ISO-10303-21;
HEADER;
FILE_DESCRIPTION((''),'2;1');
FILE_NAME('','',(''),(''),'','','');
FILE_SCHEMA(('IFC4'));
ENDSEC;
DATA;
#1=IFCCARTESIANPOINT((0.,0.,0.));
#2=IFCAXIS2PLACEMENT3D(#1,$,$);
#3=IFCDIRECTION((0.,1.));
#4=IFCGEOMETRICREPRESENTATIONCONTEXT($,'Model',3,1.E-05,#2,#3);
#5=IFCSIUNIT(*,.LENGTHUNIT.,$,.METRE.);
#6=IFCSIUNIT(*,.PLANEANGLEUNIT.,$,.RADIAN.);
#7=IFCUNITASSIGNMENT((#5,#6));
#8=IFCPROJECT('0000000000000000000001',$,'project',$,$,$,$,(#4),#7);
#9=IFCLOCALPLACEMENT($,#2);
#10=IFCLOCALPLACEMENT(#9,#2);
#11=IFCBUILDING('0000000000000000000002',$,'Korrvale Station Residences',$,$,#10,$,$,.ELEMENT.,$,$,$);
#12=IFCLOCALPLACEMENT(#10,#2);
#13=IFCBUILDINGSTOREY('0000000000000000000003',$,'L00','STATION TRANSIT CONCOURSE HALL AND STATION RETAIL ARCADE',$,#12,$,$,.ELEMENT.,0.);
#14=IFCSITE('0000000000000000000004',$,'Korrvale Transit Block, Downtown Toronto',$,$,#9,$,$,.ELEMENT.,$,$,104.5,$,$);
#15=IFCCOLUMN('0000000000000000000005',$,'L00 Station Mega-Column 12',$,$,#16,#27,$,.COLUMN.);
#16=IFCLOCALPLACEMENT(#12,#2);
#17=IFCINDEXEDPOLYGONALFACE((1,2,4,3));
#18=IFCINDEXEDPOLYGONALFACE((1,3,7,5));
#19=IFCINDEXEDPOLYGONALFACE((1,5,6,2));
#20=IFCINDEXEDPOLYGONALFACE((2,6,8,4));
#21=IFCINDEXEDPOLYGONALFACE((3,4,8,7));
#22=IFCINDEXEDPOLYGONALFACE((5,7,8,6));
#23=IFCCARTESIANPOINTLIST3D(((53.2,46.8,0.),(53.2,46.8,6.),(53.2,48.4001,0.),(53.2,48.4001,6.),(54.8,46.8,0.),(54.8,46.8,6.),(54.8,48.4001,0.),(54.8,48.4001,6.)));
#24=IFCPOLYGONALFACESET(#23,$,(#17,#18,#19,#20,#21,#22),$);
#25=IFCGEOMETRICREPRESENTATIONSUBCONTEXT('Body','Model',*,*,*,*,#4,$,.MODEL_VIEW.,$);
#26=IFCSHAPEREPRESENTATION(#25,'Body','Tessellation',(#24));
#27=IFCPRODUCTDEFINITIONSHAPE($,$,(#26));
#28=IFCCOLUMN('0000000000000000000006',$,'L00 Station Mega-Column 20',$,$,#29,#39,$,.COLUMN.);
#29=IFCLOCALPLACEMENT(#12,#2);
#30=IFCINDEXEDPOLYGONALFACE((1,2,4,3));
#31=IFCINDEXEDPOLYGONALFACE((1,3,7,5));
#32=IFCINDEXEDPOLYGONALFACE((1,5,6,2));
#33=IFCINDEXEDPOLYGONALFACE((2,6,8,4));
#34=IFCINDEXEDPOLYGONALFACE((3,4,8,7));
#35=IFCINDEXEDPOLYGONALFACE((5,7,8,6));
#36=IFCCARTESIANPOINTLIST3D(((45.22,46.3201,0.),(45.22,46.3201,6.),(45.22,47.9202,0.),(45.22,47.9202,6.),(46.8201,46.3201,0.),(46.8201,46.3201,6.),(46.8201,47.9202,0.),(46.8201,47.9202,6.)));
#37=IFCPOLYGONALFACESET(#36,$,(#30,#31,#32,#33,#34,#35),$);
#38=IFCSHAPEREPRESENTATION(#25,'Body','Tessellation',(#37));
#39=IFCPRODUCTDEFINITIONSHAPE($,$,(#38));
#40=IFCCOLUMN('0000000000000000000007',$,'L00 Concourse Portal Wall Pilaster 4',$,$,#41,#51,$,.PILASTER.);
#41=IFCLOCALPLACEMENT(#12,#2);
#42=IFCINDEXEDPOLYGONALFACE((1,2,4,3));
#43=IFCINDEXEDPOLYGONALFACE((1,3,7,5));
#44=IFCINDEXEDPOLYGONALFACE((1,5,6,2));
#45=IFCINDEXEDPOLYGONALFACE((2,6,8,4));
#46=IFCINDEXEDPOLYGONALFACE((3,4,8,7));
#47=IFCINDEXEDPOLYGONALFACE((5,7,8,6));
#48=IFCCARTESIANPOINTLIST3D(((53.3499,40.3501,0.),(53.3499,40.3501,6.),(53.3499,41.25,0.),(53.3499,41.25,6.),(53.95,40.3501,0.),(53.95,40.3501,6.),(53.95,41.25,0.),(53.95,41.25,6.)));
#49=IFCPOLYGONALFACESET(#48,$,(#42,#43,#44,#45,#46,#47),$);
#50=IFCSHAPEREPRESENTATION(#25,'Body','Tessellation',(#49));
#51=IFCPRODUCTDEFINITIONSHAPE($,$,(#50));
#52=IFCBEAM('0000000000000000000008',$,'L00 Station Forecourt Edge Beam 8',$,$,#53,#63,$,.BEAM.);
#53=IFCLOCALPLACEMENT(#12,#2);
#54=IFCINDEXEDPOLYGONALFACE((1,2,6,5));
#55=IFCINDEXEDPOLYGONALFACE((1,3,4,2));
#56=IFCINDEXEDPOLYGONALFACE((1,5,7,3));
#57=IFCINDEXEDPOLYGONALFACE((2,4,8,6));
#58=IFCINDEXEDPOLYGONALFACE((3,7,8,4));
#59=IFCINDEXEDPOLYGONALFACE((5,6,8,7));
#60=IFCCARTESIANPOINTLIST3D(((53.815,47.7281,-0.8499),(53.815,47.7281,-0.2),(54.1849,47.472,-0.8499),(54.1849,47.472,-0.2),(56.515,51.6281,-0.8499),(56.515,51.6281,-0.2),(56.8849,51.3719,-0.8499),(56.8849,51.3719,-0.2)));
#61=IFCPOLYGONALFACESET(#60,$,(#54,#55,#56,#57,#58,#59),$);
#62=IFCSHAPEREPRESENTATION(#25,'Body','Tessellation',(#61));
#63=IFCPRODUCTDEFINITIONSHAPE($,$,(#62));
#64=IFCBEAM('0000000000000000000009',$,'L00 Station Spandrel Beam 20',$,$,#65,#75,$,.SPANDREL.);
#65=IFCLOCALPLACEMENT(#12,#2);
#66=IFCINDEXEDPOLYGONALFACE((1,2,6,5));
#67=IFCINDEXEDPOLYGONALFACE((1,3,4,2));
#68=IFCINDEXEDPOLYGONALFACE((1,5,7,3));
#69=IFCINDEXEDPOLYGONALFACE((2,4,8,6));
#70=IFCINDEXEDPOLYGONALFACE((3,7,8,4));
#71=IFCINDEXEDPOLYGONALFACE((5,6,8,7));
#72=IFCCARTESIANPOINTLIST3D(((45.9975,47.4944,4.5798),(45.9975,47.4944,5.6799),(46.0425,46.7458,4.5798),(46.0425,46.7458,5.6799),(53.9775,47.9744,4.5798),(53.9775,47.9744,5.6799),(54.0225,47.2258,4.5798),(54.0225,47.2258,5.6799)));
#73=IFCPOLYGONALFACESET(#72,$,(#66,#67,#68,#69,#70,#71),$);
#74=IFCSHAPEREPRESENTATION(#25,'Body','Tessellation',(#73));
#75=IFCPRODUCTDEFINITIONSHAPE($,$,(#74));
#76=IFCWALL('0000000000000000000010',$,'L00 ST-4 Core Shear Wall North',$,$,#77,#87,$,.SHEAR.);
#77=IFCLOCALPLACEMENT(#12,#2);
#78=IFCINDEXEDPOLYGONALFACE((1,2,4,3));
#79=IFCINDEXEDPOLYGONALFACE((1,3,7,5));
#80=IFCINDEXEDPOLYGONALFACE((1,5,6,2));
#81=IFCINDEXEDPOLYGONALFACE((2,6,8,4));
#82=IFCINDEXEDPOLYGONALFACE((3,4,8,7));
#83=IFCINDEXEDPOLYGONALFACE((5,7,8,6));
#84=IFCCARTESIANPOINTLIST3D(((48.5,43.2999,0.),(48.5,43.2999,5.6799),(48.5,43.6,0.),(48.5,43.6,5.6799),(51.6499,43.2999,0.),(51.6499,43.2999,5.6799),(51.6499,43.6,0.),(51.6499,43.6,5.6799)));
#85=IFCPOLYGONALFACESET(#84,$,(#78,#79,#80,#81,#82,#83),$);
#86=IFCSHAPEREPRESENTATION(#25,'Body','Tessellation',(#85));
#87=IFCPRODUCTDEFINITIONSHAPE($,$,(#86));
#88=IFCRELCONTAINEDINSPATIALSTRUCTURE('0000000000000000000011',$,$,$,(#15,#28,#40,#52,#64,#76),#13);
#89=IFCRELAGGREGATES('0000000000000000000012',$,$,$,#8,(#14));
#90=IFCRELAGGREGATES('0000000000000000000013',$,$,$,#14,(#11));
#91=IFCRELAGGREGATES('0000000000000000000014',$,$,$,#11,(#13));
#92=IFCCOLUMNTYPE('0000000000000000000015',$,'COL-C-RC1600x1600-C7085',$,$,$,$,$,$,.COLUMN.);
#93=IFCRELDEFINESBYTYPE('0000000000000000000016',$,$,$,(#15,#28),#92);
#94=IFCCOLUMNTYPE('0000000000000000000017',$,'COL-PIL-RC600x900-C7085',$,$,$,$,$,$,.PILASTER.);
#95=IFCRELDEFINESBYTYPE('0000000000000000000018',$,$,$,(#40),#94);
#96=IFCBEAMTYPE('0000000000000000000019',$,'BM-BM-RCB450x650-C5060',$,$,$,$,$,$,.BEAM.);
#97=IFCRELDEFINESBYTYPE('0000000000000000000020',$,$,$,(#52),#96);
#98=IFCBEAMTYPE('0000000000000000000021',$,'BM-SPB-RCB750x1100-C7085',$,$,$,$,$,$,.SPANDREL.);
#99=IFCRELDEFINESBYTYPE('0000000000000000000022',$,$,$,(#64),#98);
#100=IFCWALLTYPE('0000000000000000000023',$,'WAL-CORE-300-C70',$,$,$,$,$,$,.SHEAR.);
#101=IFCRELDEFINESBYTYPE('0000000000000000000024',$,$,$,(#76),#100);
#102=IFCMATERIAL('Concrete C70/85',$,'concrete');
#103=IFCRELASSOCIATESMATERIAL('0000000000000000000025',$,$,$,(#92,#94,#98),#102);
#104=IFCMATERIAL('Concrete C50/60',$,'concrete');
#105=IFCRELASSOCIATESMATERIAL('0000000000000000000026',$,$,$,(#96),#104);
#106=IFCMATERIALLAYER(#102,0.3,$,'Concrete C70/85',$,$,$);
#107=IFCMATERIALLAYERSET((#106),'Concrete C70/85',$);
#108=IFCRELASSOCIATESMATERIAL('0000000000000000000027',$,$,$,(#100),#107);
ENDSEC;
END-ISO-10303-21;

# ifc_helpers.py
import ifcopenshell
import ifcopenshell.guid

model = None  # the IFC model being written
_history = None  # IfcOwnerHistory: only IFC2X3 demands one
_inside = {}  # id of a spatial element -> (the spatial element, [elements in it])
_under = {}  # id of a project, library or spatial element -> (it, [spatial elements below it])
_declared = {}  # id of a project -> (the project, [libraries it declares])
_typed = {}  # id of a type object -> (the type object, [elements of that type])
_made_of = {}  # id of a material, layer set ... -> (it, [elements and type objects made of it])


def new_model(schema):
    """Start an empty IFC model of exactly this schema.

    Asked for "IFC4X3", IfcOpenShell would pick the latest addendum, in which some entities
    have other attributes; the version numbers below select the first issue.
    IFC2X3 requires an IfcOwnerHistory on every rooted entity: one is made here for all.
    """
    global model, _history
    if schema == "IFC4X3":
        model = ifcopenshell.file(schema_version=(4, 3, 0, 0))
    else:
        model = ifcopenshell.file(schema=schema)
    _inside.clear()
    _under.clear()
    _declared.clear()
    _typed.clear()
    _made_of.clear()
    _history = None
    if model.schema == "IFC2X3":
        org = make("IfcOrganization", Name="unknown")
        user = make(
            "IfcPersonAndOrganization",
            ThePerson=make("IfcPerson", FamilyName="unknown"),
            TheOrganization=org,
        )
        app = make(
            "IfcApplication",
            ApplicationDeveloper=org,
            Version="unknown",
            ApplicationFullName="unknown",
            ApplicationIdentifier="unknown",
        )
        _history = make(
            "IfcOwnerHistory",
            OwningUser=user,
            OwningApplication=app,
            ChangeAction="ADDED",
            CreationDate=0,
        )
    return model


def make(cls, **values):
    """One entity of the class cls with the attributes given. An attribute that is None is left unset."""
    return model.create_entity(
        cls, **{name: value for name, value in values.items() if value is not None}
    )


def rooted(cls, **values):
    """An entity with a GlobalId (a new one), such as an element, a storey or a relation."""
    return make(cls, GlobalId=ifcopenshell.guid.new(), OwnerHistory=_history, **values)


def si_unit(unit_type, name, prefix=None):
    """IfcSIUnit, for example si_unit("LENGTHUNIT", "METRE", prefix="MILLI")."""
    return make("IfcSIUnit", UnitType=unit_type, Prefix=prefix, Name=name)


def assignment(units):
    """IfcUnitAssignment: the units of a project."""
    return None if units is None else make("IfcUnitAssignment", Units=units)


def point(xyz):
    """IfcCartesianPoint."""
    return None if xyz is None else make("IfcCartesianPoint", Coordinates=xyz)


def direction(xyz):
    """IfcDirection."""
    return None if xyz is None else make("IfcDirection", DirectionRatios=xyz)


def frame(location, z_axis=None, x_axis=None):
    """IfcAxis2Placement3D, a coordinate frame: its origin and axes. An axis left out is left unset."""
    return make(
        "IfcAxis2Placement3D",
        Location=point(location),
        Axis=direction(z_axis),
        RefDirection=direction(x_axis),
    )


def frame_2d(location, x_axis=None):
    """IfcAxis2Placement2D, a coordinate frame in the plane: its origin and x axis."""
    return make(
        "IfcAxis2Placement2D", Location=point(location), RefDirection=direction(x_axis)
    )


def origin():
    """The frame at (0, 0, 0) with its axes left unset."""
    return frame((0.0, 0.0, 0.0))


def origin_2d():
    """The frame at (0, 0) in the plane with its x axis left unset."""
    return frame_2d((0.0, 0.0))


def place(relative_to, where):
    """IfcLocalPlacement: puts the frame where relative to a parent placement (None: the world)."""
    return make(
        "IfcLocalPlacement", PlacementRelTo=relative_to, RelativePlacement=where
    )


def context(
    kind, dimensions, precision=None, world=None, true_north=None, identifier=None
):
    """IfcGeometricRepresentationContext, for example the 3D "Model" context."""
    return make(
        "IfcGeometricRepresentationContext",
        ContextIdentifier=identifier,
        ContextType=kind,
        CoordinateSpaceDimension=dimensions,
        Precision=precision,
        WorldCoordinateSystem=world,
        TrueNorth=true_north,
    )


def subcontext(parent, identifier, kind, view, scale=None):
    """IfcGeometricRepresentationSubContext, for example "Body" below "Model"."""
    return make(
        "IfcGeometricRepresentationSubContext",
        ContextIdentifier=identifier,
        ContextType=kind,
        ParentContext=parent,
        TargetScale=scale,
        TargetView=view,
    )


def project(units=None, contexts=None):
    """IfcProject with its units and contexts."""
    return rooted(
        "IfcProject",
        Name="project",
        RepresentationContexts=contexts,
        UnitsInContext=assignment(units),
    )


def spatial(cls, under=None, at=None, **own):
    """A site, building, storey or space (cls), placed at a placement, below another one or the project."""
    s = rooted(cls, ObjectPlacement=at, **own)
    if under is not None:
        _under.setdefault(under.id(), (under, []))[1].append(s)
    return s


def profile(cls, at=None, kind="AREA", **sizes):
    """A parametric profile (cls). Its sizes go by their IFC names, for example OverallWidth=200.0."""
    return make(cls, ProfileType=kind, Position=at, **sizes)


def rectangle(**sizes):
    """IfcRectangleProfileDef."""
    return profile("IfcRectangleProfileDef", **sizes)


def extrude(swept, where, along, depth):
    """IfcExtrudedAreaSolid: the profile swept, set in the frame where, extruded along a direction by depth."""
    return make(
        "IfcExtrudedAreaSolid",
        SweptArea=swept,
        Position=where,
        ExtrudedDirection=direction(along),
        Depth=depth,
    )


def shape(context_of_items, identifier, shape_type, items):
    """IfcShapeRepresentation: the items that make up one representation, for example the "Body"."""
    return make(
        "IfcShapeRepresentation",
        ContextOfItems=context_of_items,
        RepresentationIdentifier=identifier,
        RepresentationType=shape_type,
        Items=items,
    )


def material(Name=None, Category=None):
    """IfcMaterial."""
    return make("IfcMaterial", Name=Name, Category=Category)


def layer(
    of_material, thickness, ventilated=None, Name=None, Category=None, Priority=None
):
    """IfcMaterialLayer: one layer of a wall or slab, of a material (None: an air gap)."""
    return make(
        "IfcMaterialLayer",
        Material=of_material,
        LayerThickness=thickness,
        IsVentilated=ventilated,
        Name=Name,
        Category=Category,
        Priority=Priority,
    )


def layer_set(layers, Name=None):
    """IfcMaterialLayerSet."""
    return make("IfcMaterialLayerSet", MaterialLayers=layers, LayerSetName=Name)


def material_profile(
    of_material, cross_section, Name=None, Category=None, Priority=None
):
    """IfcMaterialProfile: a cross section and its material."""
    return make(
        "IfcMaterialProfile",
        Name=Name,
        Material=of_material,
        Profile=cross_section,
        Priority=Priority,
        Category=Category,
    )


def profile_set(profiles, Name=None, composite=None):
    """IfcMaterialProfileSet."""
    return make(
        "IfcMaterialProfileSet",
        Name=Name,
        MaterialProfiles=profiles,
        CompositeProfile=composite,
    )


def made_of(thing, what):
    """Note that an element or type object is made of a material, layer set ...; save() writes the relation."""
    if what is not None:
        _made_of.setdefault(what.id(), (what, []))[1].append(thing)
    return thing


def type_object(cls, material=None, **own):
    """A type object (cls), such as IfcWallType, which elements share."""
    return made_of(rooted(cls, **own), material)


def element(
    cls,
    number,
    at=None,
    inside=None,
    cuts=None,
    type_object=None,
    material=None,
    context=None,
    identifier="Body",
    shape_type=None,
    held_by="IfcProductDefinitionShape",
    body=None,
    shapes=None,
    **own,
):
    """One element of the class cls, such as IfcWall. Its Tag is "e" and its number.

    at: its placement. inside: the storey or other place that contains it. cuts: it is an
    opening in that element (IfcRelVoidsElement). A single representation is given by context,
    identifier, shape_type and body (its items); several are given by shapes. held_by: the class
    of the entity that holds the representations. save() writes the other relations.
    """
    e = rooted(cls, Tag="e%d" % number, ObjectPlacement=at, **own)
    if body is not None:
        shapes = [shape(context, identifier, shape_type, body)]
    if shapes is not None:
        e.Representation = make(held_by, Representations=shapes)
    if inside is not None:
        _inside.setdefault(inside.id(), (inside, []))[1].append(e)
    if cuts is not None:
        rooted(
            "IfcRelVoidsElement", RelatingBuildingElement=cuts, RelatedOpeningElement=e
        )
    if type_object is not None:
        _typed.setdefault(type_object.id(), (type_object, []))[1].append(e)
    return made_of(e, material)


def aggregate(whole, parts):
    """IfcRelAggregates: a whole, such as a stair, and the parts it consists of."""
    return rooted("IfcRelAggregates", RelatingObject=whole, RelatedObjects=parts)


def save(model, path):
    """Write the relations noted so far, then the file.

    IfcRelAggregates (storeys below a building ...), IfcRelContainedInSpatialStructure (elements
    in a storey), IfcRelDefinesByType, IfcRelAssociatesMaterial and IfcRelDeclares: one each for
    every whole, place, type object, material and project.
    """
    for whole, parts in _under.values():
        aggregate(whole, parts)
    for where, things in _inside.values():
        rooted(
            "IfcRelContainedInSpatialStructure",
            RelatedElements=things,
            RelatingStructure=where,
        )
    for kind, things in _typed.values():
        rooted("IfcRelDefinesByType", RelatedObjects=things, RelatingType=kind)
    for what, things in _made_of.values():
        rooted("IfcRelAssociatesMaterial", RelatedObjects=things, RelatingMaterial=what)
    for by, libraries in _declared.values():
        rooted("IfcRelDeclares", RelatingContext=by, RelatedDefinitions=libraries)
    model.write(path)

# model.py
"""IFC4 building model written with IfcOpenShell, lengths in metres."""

from ifc_helpers import new_model, si_unit, direction, frame, frame_2d, origin, origin_2d, place, context, subcontext, project, spatial, rectangle, extrude, material, layer, layer_set, material_profile, profile_set, type_object, element, save


model = new_model("IFC4")

# Units and contexts
model_context = context("Model", 3, precision=1e-05, world=origin(), true_north=direction((0.0, 1.0)))
body_context = subcontext(model_context, "Body", "Model", "MODEL_VIEW")
ifc_project = project(units=[si_unit("LENGTHUNIT", "METRE"), si_unit("PLANEANGLEUNIT", "RADIAN")], contexts=[model_context])

# Site, building, storey
site_placement = place(None, origin())
site = spatial("IfcSite", under=ifc_project, at=site_placement, Name="Korrvale Transit Block, Downtown Toronto", CompositionType="ELEMENT", RefElevation=104.5)
building_placement = place(site_placement, origin())
building = spatial("IfcBuilding", under=site, at=building_placement, Name="Korrvale Station Residences", CompositionType="ELEMENT")
storey_placement = place(building_placement, origin())
storey = spatial("IfcBuildingStorey", under=building, at=storey_placement, Name="L00", Description="STATION TRANSIT CONCOURSE HALL AND STATION RETAIL ARCADE", CompositionType="ELEMENT", Elevation=0.0)

# Columns
ifc_material_1 = material(Name="Concrete C70/85", Category="concrete")
ifc_material_profile_1 = material_profile(ifc_material_1, rectangle(XDim=1.6001, YDim=1.6001, at=origin_2d()), Name="RC1600x1600")
ifc_profile_set_1 = profile_set([ifc_material_profile_1], Name="Concrete C70/85")
column_type_1 = type_object("IfcColumnType", Name="COL-C-RC1600x1600-C7085", PredefinedType="COLUMN", material=ifc_profile_set_1)
for number, where, z_axis, x_axis, name in (
    (1, (54.0, 47.6001, 0.0), (0.0, 0.0, 1.0), (1.0, 0.0, 0.0), "L00 Station Mega-Column 12"),
    (2, (46.02, 47.1201, 0.0), (0.0, 0.0, 1.0), (1.0, 0.0, 0.0), "L00 Station Mega-Column 20"),
):
    element("IfcColumn", number, at=place(storey_placement, frame(where, z_axis=z_axis, x_axis=x_axis)), inside=storey, type_object=column_type_1, Name=name, PredefinedType="COLUMN", context=body_context, shape_type="SweptSolid", body=[
        extrude(rectangle(XDim=1.6001, YDim=1.6001, at=origin_2d()), origin(), (0.0, 0.0, 1.0), 6.0),
    ])
ifc_material_profile_2 = material_profile(ifc_material_1, rectangle(XDim=0.6001, YDim=0.8999, at=origin_2d()), Name="RC600x900")
ifc_profile_set_2 = profile_set([ifc_material_profile_2], Name="Concrete C70/85")
column_type_2 = type_object("IfcColumnType", Name="COL-PIL-RC600x900-C7085", PredefinedType="PILASTER", material=ifc_profile_set_2)
column_placement = place(storey_placement, frame((53.6499, 40.8, 0.0), z_axis=(0.0, 0.0, 1.0), x_axis=(1.0, 0.0, 0.0)))
element("IfcColumn", 3, at=column_placement, inside=storey, type_object=column_type_2, Name="L00 Concourse Portal Wall Pilaster 4", PredefinedType="PILASTER", context=body_context, shape_type="SweptSolid", body=[
    extrude(rectangle(XDim=0.6001, YDim=0.8999, at=origin_2d()), origin(), (0.0, 0.0, 1.0), 6.0),
])

# Beams
ifc_material_2 = material(Name="Concrete C50/60", Category="concrete")
ifc_material_profile_3 = material_profile(ifc_material_2, rectangle(XDim=0.45, YDim=0.6499, at=origin_2d()), Name="RCB450x650")
ifc_profile_set_3 = profile_set([ifc_material_profile_3], Name="Concrete C50/60")
beam_type_1 = type_object("IfcBeamType", Name="BM-BM-RCB450x650-C5060", PredefinedType="BEAM", material=ifc_profile_set_3)
beam_1_placement = place(storey_placement, frame((56.7, 51.5, -0.5249), z_axis=(-0.569213, -0.82219, 0.0), x_axis=(0.82219, -0.569213, 0.0)))
element("IfcBeam", 4, at=beam_1_placement, inside=storey, type_object=beam_type_1, Name="L00 Station Forecourt Edge Beam 8", PredefinedType="BEAM", context=body_context, shape_type="SweptSolid", body=[
    extrude(rectangle(XDim=0.45, YDim=0.6499, at=origin_2d()), origin(), (0.0, 0.0, 1.0), 4.7434),
])
ifc_material_profile_4 = material_profile(ifc_material_1, rectangle(XDim=0.75, YDim=1.1001, at=origin_2d()), Name="RCB750x1100")
ifc_profile_set_4 = profile_set([ifc_material_profile_4], Name="Concrete C70/85")
beam_type_2 = type_object("IfcBeamType", Name="BM-SPB-RCB750x1100-C7085", PredefinedType="SPANDREL", material=ifc_profile_set_4)
beam_2_placement = place(storey_placement, frame((46.02, 47.1201, 5.1299), z_axis=(0.998196, 0.06004, 0.0), x_axis=(-0.06004, 0.998196, 0.0)))
element("IfcBeam", 5, at=beam_2_placement, inside=storey, type_object=beam_type_2, Name="L00 Station Spandrel Beam 20", PredefinedType="SPANDREL", context=body_context, shape_type="SweptSolid", body=[
    extrude(rectangle(XDim=0.75, YDim=1.1001, at=origin_2d()), origin(), (0.0, 0.0, 1.0), 7.9944),
])

# Wall
ifc_layer_1 = layer(ifc_material_1, 0.3, Name="Concrete C70/85")
ifc_layer_set_1 = layer_set([ifc_layer_1], Name="Concrete C70/85")
wall_type_1 = type_object("IfcWallType", Name="WAL-CORE-300-C70", PredefinedType="SHEAR", material=ifc_layer_set_1)
wall_1_placement = place(storey_placement, frame((48.5, 43.45, 0.0), z_axis=(0.0, 0.0, 1.0), x_axis=(1.0, 0.0, 0.0)))
element("IfcWall", 6, at=wall_1_placement, inside=storey, type_object=wall_type_1, Name="L00 ST-4 Core Shear Wall North", PredefinedType="SHEAR", context=body_context, shape_type="SweptSolid", body=[
    extrude(rectangle(XDim=3.1499, YDim=0.3, at=frame_2d((1.575, 0.0))), origin(), (0.0, 0.0, 1.0), 5.6799),
])

save(model, "model.ifc")
